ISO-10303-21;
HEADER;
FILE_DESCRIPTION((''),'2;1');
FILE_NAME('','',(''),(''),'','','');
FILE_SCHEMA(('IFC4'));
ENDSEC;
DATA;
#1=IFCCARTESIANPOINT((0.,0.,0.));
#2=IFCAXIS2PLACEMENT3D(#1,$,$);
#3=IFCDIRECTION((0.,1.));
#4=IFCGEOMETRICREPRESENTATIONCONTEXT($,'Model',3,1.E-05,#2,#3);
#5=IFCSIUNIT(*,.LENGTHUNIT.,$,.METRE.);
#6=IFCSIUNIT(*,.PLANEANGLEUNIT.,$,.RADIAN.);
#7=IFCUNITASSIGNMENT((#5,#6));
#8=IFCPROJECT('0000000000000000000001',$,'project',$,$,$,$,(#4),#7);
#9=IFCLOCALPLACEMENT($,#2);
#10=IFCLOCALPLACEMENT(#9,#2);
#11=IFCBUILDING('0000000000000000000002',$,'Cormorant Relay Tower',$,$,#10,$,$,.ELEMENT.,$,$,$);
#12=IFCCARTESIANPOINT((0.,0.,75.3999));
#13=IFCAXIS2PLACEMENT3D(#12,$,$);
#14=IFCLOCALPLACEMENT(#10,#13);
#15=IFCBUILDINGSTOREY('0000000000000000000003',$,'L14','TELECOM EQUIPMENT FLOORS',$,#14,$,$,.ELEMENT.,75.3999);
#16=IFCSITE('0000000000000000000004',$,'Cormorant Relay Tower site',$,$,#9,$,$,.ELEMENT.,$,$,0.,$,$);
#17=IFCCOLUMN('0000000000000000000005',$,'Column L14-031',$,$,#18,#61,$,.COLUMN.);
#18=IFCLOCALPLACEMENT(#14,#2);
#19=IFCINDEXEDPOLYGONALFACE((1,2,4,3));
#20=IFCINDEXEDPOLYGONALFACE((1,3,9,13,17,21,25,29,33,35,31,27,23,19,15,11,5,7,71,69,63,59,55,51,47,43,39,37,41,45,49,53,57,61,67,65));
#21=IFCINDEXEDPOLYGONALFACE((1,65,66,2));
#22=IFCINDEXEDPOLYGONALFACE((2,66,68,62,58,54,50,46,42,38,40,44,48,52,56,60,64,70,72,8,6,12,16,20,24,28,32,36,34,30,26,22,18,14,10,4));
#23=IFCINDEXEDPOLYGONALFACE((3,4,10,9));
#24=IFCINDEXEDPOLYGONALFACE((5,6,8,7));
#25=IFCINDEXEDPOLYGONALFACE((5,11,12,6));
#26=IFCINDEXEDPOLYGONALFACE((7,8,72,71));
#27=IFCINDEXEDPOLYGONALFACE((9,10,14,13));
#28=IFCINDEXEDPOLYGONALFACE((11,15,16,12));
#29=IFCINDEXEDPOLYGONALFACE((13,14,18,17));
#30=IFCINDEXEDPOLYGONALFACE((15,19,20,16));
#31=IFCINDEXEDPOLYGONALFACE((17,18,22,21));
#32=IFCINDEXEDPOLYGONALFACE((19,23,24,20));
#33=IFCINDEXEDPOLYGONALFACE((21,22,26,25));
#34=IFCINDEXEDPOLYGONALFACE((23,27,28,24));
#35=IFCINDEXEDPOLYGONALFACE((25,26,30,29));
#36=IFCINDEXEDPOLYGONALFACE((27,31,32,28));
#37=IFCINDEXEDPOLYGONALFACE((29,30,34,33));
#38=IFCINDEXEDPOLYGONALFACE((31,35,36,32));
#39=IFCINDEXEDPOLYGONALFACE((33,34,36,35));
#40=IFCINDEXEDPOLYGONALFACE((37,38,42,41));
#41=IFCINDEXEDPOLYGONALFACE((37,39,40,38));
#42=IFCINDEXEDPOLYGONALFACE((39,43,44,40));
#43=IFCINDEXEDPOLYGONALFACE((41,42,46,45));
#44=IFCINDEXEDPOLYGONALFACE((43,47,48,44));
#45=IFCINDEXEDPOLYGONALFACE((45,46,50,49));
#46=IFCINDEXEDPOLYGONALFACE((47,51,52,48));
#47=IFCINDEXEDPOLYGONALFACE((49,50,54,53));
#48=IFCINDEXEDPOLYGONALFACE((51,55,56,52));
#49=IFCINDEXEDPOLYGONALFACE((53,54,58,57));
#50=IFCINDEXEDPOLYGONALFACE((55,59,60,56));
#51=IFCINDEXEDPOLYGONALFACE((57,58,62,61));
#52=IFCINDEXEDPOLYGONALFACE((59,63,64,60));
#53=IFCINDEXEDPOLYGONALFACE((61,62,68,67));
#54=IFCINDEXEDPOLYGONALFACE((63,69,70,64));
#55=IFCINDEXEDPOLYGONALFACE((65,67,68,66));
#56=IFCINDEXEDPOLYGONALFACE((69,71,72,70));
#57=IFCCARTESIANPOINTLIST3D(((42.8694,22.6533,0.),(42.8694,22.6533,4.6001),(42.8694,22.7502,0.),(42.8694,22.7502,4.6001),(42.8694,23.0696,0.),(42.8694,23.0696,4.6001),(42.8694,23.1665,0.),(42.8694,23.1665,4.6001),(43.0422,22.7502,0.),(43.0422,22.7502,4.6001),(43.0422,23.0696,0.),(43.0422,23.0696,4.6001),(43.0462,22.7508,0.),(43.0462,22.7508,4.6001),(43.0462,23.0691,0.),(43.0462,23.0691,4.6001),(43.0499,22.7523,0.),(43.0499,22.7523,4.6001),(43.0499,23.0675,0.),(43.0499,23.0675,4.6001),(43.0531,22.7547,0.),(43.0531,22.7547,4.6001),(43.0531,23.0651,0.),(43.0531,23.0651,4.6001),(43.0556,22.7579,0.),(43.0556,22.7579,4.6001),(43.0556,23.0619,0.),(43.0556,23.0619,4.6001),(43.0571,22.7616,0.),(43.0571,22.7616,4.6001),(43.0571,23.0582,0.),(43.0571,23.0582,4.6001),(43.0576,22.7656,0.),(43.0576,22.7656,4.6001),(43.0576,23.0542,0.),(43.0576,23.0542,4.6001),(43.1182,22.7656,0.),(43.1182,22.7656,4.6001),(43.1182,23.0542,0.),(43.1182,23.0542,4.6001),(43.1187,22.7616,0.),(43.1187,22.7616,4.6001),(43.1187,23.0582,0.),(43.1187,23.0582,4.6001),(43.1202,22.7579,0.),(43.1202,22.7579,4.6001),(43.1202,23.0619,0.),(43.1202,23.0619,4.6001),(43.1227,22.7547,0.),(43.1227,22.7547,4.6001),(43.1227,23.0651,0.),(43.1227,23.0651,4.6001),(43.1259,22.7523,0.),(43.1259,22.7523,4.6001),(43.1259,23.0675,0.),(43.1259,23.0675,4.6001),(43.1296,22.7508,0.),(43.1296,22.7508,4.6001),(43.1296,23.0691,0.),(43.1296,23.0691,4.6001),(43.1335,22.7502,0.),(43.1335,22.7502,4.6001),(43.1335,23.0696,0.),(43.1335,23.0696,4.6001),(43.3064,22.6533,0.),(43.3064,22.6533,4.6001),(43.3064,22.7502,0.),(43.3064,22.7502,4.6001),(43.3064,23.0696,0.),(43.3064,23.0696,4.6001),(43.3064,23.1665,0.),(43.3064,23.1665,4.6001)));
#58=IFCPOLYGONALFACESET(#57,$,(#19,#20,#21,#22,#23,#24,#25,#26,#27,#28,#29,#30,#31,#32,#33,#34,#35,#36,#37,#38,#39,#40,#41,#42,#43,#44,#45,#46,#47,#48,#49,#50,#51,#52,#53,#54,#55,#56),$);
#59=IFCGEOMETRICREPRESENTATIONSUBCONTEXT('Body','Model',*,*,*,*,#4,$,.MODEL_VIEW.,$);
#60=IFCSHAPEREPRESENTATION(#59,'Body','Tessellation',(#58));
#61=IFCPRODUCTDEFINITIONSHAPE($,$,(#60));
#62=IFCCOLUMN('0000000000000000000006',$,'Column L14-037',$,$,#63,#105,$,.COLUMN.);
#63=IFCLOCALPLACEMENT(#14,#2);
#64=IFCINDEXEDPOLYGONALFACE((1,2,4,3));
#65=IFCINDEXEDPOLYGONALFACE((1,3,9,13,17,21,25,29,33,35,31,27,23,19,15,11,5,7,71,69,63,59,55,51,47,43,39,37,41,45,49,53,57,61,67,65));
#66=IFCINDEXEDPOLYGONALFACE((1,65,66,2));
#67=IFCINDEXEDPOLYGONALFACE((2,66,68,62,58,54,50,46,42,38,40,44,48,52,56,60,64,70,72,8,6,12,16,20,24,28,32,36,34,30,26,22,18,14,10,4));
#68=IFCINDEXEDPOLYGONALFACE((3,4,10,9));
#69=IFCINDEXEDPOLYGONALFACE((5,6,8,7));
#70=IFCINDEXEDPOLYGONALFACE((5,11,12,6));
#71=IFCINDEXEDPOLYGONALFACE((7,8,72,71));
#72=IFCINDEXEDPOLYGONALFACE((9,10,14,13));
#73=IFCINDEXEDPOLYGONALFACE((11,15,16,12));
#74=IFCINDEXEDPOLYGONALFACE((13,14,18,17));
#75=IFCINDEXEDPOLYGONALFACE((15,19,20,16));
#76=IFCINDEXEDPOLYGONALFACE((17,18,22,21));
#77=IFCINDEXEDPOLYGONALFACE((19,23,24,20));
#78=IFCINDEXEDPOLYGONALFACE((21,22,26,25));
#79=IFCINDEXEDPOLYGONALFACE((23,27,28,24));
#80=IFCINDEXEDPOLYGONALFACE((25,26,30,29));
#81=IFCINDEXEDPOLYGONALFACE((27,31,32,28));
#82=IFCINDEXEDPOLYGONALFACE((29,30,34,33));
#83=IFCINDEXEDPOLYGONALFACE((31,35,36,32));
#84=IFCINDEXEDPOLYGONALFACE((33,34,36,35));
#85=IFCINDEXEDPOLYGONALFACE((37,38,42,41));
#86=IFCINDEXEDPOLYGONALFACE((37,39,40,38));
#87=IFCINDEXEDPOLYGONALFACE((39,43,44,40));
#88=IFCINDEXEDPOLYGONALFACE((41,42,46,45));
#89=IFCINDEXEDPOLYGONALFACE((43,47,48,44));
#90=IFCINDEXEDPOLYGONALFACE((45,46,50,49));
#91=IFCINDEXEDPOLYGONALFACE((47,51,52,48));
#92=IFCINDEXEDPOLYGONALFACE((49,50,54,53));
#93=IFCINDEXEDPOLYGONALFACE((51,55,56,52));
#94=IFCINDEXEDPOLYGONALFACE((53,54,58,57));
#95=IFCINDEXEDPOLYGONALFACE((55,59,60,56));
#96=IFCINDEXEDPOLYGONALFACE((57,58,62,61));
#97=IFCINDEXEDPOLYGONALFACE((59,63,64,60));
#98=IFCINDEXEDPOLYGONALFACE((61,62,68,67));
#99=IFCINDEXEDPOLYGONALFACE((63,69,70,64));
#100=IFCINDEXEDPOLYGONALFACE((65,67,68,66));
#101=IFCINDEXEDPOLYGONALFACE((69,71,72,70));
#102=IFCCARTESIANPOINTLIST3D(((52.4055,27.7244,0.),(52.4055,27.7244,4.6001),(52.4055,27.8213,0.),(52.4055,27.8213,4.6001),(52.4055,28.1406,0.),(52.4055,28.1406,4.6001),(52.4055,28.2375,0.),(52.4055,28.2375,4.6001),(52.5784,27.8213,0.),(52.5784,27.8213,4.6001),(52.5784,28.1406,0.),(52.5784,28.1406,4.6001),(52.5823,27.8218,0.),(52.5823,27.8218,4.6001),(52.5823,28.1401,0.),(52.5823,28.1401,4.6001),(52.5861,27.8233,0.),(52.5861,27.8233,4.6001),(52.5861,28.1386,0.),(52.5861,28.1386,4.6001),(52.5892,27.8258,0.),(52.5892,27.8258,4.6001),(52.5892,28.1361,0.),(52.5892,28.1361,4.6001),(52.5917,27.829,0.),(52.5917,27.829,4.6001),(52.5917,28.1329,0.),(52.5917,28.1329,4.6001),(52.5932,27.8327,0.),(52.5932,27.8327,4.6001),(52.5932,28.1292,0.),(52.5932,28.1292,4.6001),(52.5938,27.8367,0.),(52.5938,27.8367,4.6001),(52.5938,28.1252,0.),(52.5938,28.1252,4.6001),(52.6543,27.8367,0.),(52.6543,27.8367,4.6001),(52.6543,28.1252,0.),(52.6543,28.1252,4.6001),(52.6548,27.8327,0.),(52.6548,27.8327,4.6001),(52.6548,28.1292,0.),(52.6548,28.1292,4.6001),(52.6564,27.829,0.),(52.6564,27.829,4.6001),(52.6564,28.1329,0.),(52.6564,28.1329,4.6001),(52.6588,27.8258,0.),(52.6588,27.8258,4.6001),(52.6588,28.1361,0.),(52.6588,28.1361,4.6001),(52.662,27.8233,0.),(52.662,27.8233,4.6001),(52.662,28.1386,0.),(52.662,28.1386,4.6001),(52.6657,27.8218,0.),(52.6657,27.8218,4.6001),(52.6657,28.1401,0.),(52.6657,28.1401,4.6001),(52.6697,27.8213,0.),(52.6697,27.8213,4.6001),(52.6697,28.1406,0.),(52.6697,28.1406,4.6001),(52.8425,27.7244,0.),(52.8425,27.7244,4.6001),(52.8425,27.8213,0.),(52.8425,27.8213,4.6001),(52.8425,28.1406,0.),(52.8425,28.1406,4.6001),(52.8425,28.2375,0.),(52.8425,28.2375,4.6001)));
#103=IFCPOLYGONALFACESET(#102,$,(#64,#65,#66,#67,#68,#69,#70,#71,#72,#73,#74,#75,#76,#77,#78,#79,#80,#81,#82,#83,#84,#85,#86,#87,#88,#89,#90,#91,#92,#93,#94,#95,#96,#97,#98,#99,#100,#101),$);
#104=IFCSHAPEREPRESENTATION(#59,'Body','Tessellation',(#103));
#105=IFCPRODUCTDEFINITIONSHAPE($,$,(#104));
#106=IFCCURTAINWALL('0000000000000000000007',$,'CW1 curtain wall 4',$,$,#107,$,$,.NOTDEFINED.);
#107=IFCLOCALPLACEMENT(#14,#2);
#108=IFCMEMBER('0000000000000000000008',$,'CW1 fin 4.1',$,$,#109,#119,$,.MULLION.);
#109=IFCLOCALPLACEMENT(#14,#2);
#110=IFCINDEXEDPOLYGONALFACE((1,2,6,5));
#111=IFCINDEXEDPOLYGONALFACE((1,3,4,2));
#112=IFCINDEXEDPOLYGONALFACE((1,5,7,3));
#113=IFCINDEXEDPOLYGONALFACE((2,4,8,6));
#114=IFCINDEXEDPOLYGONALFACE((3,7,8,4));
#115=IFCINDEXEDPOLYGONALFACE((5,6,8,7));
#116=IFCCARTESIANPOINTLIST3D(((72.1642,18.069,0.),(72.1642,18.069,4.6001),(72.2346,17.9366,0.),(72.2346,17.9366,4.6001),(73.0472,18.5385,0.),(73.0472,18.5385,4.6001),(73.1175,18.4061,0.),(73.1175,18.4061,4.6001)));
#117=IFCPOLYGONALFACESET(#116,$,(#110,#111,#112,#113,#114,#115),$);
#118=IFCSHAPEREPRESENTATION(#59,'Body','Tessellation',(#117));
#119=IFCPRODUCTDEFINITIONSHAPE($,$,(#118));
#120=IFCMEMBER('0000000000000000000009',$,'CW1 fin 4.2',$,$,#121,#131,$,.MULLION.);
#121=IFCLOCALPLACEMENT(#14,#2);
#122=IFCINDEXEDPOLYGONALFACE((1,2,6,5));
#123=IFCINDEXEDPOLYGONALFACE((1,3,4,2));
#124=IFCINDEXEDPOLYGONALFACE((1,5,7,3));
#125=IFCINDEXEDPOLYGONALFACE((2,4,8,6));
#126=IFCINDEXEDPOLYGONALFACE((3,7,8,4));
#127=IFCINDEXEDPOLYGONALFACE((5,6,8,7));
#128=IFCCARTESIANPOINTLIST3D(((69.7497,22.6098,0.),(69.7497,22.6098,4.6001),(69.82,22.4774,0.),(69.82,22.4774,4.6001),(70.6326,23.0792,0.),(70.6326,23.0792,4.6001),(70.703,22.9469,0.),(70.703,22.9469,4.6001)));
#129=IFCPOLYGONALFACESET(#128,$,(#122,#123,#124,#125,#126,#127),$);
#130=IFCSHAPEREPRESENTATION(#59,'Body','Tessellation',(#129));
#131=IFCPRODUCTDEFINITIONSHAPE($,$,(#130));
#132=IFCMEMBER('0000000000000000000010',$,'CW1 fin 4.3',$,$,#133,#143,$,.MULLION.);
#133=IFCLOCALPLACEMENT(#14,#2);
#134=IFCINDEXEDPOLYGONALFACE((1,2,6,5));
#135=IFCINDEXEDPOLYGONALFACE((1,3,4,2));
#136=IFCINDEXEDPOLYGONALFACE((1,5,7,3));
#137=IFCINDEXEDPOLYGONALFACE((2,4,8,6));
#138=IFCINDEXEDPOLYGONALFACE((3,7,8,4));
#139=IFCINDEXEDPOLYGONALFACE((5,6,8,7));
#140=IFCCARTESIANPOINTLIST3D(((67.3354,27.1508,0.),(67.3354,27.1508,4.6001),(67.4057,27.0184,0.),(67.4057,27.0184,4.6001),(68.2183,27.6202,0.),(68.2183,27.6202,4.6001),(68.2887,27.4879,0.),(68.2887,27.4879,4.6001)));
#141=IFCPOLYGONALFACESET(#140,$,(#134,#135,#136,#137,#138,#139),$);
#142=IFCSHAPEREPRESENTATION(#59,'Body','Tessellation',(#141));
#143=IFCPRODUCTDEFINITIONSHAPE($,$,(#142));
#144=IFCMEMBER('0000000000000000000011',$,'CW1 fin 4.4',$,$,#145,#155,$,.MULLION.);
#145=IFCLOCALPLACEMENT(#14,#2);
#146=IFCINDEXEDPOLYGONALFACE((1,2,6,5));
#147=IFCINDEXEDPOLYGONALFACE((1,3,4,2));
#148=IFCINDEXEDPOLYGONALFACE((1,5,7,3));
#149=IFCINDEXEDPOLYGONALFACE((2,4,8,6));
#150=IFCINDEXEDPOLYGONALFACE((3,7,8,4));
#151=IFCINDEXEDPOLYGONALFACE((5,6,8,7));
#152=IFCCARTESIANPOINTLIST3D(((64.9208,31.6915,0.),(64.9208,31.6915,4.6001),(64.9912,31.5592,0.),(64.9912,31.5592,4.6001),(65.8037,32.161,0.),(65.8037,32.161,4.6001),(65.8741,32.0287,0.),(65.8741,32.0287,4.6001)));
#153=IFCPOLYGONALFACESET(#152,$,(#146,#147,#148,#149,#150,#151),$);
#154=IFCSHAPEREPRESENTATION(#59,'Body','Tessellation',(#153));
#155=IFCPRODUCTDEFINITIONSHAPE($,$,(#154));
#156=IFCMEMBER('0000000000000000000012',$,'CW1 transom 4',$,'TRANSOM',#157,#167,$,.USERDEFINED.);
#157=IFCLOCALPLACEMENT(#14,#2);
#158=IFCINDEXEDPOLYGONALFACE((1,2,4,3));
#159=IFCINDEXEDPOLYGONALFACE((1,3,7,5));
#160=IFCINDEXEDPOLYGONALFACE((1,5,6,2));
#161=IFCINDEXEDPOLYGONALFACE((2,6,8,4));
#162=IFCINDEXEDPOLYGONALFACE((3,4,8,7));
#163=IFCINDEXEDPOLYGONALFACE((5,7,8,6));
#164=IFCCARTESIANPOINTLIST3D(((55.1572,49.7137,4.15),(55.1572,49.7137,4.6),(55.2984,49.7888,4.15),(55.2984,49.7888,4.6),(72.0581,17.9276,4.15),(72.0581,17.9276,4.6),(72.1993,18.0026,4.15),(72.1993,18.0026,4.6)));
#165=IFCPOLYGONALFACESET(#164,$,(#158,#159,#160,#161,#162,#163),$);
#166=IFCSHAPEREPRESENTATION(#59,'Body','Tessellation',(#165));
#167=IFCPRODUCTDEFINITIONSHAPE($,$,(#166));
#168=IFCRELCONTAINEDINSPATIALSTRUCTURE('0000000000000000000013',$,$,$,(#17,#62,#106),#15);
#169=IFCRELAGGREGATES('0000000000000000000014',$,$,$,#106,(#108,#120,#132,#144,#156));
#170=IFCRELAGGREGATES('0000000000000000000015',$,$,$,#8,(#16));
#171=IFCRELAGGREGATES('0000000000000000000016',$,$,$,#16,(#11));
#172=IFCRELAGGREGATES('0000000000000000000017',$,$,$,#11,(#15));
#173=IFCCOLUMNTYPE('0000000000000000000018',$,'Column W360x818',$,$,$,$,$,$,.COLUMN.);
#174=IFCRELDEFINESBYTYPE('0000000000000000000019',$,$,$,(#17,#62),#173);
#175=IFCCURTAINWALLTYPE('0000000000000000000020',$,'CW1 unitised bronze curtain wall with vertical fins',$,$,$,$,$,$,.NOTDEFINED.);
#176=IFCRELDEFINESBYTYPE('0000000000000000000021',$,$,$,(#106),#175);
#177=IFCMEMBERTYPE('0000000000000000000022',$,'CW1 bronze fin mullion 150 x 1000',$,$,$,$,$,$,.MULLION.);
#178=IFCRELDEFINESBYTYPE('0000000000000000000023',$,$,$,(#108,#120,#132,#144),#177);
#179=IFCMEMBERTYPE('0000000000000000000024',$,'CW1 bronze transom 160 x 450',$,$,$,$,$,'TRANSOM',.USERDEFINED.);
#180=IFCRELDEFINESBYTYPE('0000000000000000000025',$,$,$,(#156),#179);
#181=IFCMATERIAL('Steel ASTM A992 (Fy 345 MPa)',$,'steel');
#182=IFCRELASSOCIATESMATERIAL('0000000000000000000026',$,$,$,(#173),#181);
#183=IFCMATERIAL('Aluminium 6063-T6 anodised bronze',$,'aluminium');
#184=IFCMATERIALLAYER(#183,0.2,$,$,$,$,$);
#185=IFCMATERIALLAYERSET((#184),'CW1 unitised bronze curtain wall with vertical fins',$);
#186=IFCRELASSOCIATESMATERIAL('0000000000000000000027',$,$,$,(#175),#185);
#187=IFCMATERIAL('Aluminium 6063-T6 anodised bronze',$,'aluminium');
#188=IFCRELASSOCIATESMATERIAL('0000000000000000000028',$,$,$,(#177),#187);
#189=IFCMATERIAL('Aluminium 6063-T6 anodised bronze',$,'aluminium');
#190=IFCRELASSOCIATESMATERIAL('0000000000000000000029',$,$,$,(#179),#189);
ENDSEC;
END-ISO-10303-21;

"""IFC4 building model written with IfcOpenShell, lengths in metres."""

from ifc_helpers import new_model, si_unit, direction, frame, origin, origin_2d, place, context, subcontext, project, spatial, rectangle, i_section, extrude, material, layer, layer_set, material_profile, profile_set, type_object, element, aggregate, save


model = new_model("IFC4")

# Units and contexts
model_context = context("Model", 3, precision=1e-05, world=origin(), true_north=direction((0.0, 1.0)))
body_context = subcontext(model_context, "Body", "Model", "MODEL_VIEW")
ifc_project = project(units=[si_unit("LENGTHUNIT", "METRE"), si_unit("PLANEANGLEUNIT", "RADIAN")], contexts=[model_context])

# Site, building, storey
site_placement = place(None, origin())
site = spatial("IfcSite", under=ifc_project, at=site_placement, Name="Cormorant Relay Tower site", CompositionType="ELEMENT", RefElevation=0.0)
building_placement = place(site_placement, origin())
building = spatial("IfcBuilding", under=site, at=building_placement, Name="Cormorant Relay Tower", CompositionType="ELEMENT")
storey_placement = place(building_placement, frame((0.0, 0.0, 75.3999)))
storey = spatial("IfcBuildingStorey", under=building, at=storey_placement, Name="L14", Description="TELECOM EQUIPMENT FLOORS", CompositionType="ELEMENT", Elevation=75.3999)

# Columns
ifc_material_1 = material(Name="Steel ASTM A992 (Fy 345 MPa)", Category="steel")
ifc_material_profile_1 = material_profile(ifc_material_1, i_section(OverallWidth=0.437, OverallDepth=0.5132, WebThickness=0.0605, FlangeThickness=0.0969, FilletRadius=0.0154, at=origin_2d()), Name="W360x818")
ifc_profile_set_1 = profile_set([ifc_material_profile_1], Name="Steel ASTM A992 (Fy 345 MPa)")
column_type_1 = type_object("IfcColumnType", Name="Column W360x818", PredefinedType="COLUMN", material=ifc_profile_set_1)
for number, where, z_axis, x_axis, name in (
    (1, (43.0879, 22.9099, 0.0), (0.0, 0.0, 1.0), (1.0, 0.0, 0.0), "Column L14-031"),
    (2, (52.624, 27.981, 0.0), (0.0, 0.0, 1.0), (1.0, 0.0, 0.0), "Column L14-037"),
):
    element("IfcColumn", number, at=place(storey_placement, frame(where, z_axis=z_axis, x_axis=x_axis)), inside=storey, type_object=column_type_1, Name=name, PredefinedType="COLUMN", context=body_context, shape_type="SweptSolid", body=[
        extrude(i_section(OverallWidth=0.437, OverallDepth=0.5132, WebThickness=0.0605, FlangeThickness=0.0969, FilletRadius=0.0154, at=origin_2d()), origin(), (0.0, 0.0, 1.0), 4.6001),
    ])

# Curtain wall, members
ifc_material_2 = material(Name="Aluminium 6063-T6 anodised bronze", Category="aluminium")
ifc_layer_1 = layer(ifc_material_2, 0.2)
ifc_layer_set_1 = layer_set([ifc_layer_1], Name="CW1 unitised bronze curtain wall with vertical fins")
curtain_wall_type = type_object("IfcCurtainWallType", Name="CW1 unitised bronze curtain wall with vertical fins", PredefinedType="NOTDEFINED", material=ifc_layer_set_1)
curtain_wall_1_placement = place(storey_placement, origin())
curtain_wall_1 = element("IfcCurtainWall", 3, at=curtain_wall_1_placement, inside=storey, type_object=curtain_wall_type, Name="CW1 curtain wall 4", PredefinedType="NOTDEFINED")
ifc_material_3 = material(Name="Aluminium 6063-T6 anodised bronze", Category="aluminium")
ifc_material_profile_2 = material_profile(ifc_material_3, rectangle(XDim=0.1499, YDim=1.0, at=origin_2d()), Name="AL 150x1000")
ifc_profile_set_2 = profile_set([ifc_material_profile_2], Name="Aluminium 6063-T6 anodised bronze")
member_type_1 = type_object("IfcMemberType", Name="CW1 bronze fin mullion 150 x 1000", PredefinedType="MULLION", material=ifc_profile_set_2)
member_1_placement = place(storey_placement, frame((72.6409, 18.2375, 0.0), z_axis=(0.0, 0.0, 1.0), x_axis=(-0.469472, 0.882948, 0.0)))
member_1 = element("IfcMember", 4, at=member_1_placement, type_object=member_type_1, Name="CW1 fin 4.1", PredefinedType="MULLION", context=body_context, shape_type="SweptSolid", body=[
    extrude(rectangle(XDim=0.1499, YDim=1.0, at=origin_2d()), origin(), (0.0, 0.0, 1.0), 4.6001),
])
member_2_placement = place(storey_placement, frame((70.2263, 22.7783, 0.0), z_axis=(0.0, 0.0, 1.0), x_axis=(-0.469472, 0.882948, 0.0)))
member_2 = element("IfcMember", 5, at=member_2_placement, type_object=member_type_1, Name="CW1 fin 4.2", PredefinedType="MULLION", context=body_context, shape_type="SweptSolid", body=[
    extrude(rectangle(XDim=0.1499, YDim=1.0, at=origin_2d()), origin(), (0.0, 0.0, 1.0), 4.6001),
])
member_3_placement = place(storey_placement, frame((67.812, 27.3193, 0.0), z_axis=(0.0, 0.0, 1.0), x_axis=(-0.469472, 0.882948, 0.0)))
member_3 = element("IfcMember", 6, at=member_3_placement, type_object=member_type_1, Name="CW1 fin 4.3", PredefinedType="MULLION", context=body_context, shape_type="SweptSolid", body=[
    extrude(rectangle(XDim=0.1499, YDim=1.0, at=origin_2d()), origin(), (0.0, 0.0, 1.0), 4.6001),
])
member_4_placement = place(storey_placement, frame((65.3975, 31.8601, 0.0), z_axis=(0.0, 0.0, 1.0), x_axis=(-0.469472, 0.882948, 0.0)))
member_4 = element("IfcMember", 7, at=member_4_placement, type_object=member_type_1, Name="CW1 fin 4.4", PredefinedType="MULLION", context=body_context, shape_type="SweptSolid", body=[
    extrude(rectangle(XDim=0.1499, YDim=1.0, at=origin_2d()), origin(), (0.0, 0.0, 1.0), 4.6001),
])
ifc_material_4 = material(Name="Aluminium 6063-T6 anodised bronze", Category="aluminium")
ifc_material_profile_3 = material_profile(ifc_material_4, rectangle(XDim=0.1599, YDim=0.45, at=origin_2d()), Name="AL 160x450")
ifc_profile_set_3 = profile_set([ifc_material_profile_3], Name="Aluminium 6063-T6 anodised bronze")
member_type_2 = type_object("IfcMemberType", Name="CW1 bronze transom 160 x 450", ElementType="TRANSOM", PredefinedType="USERDEFINED", material=ifc_profile_set_3)
member_5_placement = place(storey_placement, frame((72.1287, 17.9651, 4.375), z_axis=(-0.469469, 0.882949, 0.0), x_axis=(-0.882949, -0.469469, 0.0)))
member_5 = element("IfcMember", 8, at=member_5_placement, type_object=member_type_2, Name="CW1 transom 4", ObjectType="TRANSOM", PredefinedType="USERDEFINED", context=body_context, shape_type="SweptSolid", body=[
    extrude(rectangle(XDim=0.1599, YDim=0.45, at=origin_2d()), origin(), (0.0, 0.0, 1.0), 36.0),
])

aggregate(curtain_wall_1, [member_1, member_2, member_3, member_4, member_5])

save(model, "model.ifc")
